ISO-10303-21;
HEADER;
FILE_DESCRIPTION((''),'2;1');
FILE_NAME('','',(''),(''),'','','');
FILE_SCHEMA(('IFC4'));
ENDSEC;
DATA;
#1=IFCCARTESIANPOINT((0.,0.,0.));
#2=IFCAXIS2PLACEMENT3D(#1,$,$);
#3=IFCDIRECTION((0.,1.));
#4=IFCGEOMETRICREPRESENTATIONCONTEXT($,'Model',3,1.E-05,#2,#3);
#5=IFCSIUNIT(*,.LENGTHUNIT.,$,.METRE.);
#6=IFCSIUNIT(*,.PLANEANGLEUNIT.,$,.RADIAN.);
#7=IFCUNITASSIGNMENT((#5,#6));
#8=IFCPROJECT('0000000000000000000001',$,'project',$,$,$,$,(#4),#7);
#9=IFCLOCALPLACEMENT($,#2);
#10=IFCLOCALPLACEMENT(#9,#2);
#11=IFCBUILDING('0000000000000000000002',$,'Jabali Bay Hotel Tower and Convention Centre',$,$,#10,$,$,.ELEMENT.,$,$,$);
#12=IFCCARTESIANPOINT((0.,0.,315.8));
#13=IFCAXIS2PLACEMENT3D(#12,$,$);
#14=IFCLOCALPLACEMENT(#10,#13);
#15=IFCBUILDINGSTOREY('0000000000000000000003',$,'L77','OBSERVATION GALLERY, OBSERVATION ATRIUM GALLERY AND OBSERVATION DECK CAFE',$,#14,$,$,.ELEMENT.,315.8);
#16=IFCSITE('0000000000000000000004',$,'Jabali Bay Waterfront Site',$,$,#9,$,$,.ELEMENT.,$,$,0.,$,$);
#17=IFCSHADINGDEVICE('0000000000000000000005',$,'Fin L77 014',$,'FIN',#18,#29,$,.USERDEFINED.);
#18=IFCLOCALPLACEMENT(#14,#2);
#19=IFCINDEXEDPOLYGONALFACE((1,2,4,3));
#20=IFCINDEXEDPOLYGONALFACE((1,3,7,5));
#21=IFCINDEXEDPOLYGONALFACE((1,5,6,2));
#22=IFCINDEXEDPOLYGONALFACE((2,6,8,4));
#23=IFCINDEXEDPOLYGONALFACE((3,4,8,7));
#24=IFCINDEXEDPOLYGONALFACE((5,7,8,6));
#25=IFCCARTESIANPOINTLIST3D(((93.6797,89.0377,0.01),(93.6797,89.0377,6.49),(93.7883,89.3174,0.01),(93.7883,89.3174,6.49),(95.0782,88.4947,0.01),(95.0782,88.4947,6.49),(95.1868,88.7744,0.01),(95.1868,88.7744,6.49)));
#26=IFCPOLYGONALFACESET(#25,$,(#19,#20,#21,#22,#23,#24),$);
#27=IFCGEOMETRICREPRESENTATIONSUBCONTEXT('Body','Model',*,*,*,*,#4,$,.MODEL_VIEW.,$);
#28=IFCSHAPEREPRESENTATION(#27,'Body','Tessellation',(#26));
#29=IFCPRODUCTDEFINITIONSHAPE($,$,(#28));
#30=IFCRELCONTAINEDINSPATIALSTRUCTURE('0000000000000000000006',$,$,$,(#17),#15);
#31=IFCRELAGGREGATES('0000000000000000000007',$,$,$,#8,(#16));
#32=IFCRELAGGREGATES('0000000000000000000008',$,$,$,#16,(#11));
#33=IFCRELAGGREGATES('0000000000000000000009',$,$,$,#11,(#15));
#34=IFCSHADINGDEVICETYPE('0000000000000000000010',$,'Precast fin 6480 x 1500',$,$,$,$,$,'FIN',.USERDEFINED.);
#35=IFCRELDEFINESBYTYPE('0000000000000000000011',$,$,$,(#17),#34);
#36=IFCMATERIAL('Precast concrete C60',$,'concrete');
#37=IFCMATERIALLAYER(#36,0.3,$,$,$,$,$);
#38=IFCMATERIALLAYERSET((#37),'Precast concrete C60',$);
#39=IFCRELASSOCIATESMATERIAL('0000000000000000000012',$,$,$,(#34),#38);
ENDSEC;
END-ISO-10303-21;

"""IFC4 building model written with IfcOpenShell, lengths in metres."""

from ifc_helpers import new_model, si_unit, direction, frame, frame_2d, origin, place, context, subcontext, project, spatial, rectangle, extrude, material, layer, layer_set, type_object, element, save


model = new_model("IFC4")

# Units and contexts
model_context = context("Model", 3, precision=1e-05, world=origin(), true_north=direction((0.0, 1.0)))
body_context = subcontext(model_context, "Body", "Model", "MODEL_VIEW")
ifc_project = project(units=[si_unit("LENGTHUNIT", "METRE"), si_unit("PLANEANGLEUNIT", "RADIAN")], contexts=[model_context])

# Site, building, storey
site_placement = place(None, origin())
site = spatial("IfcSite", under=ifc_project, at=site_placement, Name="Jabali Bay Waterfront Site", CompositionType="ELEMENT", RefElevation=0.0)
building_placement = place(site_placement, origin())
building = spatial("IfcBuilding", under=site, at=building_placement, Name="Jabali Bay Hotel Tower and Convention Centre", CompositionType="ELEMENT")
storey_placement = place(building_placement, frame((0.0, 0.0, 315.8)))
storey = spatial("IfcBuildingStorey", under=building, at=storey_placement, Name="L77", Description="OBSERVATION GALLERY, OBSERVATION ATRIUM GALLERY AND OBSERVATION DECK CAFE", CompositionType="ELEMENT", Elevation=315.8)

# Shading device
ifc_material_1 = material(Name="Precast concrete C60", Category="concrete")
ifc_layer_1 = layer(ifc_material_1, 0.3)
ifc_layer_set_1 = layer_set([ifc_layer_1], Name="Precast concrete C60")
shading_device_type = type_object("IfcShadingDeviceType", Name="Precast fin 6480 x 1500", ElementType="FIN", PredefinedType="USERDEFINED", material=ifc_layer_set_1)
shading_device_placement = place(storey_placement, frame((93.7341, 89.1775, 0.01), z_axis=(0.0, 0.0, 1.0), x_axis=(0.9322, -0.361944, 0.0)))
element("IfcShadingDevice", 1, at=shading_device_placement, inside=storey, type_object=shading_device_type, Name="Fin L77 014", ObjectType="FIN", PredefinedType="USERDEFINED", context=body_context, shape_type="SweptSolid", body=[
    extrude(rectangle(XDim=1.5002, YDim=0.3, at=frame_2d((0.75, 0.0))), origin(), (0.0, 0.0, 1.0), 6.48),
])

save(model, "model.ifc")
